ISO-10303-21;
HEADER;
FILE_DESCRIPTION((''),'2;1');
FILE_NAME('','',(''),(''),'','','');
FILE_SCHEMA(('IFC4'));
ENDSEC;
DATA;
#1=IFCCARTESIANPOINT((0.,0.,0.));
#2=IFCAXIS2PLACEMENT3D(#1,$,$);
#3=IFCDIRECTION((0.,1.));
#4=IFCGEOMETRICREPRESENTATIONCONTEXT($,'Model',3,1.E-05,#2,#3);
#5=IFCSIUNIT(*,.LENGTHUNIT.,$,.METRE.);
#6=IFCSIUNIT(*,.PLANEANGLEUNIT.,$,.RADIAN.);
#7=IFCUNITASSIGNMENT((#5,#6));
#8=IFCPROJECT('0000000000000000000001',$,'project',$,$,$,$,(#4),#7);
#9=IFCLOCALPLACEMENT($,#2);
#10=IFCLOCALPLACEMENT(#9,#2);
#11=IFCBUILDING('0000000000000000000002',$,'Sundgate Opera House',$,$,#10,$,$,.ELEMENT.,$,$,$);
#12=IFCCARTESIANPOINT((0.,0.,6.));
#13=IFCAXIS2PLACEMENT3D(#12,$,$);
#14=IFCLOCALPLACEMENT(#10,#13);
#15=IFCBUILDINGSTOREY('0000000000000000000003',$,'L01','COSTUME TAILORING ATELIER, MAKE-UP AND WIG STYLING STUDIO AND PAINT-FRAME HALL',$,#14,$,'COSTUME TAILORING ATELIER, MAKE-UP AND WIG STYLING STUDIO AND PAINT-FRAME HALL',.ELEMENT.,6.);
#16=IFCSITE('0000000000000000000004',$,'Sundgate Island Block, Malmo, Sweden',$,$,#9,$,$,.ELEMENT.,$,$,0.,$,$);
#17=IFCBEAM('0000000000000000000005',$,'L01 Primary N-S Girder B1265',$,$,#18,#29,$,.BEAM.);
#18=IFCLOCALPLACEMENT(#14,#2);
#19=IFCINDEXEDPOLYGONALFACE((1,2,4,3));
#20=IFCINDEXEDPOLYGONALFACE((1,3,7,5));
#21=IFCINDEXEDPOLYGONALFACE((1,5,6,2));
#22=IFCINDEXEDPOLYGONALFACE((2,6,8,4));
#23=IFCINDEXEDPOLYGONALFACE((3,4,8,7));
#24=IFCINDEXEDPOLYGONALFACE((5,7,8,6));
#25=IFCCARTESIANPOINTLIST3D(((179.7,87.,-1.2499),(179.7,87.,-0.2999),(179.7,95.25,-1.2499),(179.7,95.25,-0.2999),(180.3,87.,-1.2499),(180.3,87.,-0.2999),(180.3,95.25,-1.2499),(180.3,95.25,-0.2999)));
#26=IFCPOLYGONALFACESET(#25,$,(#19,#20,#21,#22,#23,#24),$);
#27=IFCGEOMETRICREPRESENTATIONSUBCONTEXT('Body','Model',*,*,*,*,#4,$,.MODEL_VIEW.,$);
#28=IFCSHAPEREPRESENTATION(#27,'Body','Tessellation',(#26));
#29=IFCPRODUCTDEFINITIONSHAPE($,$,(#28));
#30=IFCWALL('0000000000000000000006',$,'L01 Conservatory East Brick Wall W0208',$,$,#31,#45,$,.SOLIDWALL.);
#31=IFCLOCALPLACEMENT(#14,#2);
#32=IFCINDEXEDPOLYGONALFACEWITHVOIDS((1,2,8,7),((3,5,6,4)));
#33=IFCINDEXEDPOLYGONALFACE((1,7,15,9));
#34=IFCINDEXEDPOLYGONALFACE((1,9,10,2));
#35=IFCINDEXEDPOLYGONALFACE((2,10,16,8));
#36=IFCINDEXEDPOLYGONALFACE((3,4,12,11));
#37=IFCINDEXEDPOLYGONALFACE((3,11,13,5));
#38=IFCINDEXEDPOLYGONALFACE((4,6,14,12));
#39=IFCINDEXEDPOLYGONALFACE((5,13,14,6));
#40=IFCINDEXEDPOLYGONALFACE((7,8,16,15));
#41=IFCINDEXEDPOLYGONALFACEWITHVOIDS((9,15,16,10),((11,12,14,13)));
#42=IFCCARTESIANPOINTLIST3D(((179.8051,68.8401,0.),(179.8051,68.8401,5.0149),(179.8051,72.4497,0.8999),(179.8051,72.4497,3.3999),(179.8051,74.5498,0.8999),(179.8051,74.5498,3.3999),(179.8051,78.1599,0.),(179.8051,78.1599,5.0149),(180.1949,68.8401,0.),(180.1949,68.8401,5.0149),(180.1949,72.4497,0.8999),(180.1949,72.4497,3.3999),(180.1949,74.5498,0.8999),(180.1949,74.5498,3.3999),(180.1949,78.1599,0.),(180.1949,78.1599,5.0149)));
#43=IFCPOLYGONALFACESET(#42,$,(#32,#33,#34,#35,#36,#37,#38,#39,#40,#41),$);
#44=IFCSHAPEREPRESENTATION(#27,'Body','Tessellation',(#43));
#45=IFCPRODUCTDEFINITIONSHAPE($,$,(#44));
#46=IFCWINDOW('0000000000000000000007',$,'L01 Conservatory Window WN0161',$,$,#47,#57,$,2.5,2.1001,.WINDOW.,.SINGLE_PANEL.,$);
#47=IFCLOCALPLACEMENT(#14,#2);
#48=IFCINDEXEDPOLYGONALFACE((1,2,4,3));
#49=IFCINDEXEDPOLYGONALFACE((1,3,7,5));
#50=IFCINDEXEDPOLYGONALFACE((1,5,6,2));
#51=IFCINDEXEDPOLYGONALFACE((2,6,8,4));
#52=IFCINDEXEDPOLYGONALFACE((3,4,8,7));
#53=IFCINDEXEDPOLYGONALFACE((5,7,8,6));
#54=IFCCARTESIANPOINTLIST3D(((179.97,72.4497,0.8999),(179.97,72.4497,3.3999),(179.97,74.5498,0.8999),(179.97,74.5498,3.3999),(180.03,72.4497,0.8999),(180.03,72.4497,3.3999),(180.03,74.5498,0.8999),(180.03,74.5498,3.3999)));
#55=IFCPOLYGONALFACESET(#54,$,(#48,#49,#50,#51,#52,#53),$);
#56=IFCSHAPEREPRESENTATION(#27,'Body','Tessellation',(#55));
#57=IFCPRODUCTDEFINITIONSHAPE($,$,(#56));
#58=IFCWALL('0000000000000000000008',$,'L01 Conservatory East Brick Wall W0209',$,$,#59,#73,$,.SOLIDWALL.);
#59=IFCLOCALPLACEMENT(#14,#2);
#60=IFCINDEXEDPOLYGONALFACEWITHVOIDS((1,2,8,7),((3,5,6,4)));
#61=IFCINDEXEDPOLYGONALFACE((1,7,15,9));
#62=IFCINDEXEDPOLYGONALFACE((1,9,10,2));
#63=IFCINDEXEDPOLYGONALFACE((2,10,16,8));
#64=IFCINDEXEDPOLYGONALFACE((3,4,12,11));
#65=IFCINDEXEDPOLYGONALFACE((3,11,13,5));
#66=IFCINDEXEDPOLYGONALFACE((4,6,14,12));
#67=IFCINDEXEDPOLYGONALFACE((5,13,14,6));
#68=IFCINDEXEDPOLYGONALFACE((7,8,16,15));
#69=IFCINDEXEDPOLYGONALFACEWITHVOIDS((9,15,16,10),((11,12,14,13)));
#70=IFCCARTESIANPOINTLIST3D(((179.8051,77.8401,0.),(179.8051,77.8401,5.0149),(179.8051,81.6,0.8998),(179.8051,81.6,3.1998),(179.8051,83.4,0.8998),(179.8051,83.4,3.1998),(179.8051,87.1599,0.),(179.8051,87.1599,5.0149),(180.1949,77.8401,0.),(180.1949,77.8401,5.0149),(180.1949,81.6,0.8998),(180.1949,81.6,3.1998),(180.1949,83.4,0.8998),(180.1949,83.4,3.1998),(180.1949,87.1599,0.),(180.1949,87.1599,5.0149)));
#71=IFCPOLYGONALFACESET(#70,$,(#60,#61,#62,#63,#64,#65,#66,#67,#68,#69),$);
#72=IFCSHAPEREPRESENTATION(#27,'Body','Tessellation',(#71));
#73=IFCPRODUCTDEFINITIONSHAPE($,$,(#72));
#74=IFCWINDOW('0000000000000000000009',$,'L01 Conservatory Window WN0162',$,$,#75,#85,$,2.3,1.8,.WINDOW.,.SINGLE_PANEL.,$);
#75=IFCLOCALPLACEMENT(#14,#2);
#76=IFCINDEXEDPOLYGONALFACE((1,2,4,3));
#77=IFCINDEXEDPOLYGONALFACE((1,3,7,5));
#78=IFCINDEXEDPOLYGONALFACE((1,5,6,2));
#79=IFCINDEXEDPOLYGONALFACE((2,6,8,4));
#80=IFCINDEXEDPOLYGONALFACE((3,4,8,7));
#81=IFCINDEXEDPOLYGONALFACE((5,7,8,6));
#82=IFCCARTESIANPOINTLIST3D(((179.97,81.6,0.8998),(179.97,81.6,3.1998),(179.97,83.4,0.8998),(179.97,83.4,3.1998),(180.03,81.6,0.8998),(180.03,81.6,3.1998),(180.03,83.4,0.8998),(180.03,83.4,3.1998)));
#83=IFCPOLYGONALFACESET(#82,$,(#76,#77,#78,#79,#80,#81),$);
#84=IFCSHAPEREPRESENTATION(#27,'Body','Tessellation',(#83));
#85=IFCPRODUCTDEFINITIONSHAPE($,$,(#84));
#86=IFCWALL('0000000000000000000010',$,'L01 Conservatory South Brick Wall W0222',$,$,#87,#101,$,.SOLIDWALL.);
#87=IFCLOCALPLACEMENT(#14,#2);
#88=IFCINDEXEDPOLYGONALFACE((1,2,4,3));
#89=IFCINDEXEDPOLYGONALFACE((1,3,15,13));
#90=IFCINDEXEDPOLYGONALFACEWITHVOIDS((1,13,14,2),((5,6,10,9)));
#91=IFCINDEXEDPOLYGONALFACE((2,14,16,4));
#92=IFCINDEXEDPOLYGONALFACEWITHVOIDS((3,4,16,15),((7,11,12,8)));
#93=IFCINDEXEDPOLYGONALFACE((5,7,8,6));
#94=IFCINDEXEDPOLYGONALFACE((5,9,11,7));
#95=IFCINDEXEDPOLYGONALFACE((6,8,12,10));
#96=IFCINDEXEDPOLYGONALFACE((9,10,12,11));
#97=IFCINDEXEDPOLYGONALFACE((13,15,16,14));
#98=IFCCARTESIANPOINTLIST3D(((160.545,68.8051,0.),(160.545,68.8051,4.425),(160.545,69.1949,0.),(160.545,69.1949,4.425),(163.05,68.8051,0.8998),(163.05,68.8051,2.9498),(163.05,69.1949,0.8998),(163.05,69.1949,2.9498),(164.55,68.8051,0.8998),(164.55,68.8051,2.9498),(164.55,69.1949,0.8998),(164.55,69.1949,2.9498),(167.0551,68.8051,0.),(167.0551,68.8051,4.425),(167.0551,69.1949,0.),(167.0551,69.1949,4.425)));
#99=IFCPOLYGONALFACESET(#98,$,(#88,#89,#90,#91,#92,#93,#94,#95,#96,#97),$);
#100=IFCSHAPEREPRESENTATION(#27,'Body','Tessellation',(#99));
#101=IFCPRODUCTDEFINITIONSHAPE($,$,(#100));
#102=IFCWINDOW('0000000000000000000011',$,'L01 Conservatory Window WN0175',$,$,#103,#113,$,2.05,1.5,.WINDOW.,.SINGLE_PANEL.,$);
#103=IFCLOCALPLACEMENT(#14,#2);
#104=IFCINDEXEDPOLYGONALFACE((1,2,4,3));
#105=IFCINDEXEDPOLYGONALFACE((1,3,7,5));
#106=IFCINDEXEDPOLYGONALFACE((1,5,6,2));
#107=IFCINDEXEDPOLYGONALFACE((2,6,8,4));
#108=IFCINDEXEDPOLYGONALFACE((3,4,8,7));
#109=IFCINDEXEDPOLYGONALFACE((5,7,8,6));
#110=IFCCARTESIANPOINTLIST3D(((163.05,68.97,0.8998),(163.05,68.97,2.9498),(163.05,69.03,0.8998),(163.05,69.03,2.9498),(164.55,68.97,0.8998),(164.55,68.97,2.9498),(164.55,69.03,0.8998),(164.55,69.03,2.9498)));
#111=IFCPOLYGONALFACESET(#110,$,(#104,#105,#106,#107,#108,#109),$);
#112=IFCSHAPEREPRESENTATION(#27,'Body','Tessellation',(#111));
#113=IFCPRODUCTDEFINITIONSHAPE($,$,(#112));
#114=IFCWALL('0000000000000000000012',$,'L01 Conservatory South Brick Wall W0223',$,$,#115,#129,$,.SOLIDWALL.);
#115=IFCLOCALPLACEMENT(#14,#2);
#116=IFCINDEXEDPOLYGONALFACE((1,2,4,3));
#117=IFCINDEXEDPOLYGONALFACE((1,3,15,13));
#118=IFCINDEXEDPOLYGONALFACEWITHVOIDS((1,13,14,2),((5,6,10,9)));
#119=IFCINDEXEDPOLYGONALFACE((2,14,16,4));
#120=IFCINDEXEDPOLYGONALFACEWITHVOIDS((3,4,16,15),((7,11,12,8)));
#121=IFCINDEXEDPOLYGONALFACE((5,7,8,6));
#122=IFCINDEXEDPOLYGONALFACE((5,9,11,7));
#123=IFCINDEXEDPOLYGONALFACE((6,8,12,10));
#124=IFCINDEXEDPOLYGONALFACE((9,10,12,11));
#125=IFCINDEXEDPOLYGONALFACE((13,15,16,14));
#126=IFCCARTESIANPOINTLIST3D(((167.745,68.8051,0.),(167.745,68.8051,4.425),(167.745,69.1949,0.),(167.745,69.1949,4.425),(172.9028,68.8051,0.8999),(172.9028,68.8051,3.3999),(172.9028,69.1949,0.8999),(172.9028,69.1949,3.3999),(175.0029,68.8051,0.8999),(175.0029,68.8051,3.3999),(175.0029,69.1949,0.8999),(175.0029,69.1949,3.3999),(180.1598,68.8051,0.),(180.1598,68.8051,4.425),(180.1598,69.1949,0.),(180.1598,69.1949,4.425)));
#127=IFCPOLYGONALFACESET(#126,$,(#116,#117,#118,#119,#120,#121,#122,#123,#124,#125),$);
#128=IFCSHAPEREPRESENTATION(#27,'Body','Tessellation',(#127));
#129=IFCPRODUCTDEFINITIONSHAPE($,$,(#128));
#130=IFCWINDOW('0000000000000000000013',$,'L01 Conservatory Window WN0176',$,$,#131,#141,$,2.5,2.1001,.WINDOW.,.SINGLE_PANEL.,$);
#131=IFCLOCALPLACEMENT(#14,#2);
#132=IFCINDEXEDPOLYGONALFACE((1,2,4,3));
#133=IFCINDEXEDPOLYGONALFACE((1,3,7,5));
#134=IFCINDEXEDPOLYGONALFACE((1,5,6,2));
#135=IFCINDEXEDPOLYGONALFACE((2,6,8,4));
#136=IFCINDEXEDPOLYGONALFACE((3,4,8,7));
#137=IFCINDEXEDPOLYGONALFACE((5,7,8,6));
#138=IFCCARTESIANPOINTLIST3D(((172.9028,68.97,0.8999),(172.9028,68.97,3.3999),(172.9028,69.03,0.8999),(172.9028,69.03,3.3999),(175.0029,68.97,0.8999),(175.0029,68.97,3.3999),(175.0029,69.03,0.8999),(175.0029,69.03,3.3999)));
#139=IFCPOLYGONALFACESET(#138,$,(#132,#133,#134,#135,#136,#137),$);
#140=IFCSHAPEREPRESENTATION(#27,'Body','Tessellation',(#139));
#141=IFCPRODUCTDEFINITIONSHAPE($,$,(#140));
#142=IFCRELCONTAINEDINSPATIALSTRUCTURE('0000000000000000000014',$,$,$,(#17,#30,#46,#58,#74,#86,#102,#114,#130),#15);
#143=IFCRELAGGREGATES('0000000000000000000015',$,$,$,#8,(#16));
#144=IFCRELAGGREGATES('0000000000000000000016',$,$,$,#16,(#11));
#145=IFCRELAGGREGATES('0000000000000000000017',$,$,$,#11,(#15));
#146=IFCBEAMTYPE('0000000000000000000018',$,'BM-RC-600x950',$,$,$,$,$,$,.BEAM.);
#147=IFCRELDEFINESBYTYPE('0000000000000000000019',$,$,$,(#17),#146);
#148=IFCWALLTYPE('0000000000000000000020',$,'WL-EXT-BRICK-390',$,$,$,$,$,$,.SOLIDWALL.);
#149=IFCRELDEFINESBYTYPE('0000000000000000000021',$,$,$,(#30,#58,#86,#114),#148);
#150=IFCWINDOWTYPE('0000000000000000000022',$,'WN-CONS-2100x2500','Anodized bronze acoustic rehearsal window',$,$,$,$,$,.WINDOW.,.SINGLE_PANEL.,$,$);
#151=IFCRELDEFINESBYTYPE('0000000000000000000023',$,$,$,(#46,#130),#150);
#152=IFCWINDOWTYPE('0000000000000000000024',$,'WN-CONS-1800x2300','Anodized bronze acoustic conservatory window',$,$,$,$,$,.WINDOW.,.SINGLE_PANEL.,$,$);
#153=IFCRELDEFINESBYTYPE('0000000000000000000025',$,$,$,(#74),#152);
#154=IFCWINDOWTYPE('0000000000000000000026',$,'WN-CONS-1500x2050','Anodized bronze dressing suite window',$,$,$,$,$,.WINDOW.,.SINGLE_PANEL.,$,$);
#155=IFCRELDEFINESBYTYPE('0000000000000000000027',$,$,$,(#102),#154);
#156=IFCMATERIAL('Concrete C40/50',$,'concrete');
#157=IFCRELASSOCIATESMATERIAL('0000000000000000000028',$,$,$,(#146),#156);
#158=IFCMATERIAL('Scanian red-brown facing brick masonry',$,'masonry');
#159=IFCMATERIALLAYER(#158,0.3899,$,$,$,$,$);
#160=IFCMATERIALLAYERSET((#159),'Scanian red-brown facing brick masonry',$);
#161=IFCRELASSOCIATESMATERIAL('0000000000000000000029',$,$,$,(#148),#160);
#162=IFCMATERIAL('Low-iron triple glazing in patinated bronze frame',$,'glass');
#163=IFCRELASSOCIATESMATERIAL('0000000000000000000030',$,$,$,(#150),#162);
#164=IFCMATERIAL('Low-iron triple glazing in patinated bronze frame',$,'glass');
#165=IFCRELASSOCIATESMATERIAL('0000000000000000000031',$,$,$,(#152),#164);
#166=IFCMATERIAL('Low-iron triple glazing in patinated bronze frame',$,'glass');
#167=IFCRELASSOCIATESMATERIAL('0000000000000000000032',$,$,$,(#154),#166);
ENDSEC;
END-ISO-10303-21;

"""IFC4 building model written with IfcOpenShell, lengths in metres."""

from ifc_helpers import new_model, si_unit, direction, frame, frame_2d, origin, origin_2d, place, context, subcontext, project, spatial, rectangle, extrude, material, layer, layer_set, material_profile, profile_set, type_object, element, fill, save


model = new_model("IFC4")

# Units and contexts
model_context = context("Model", 3, precision=1e-05, world=origin(), true_north=direction((0.0, 1.0)))
body_context = subcontext(model_context, "Body", "Model", "MODEL_VIEW")
ifc_project = project(units=[si_unit("LENGTHUNIT", "METRE"), si_unit("PLANEANGLEUNIT", "RADIAN")], contexts=[model_context])

# Site, building, storey
site_placement = place(None, origin())
site = spatial("IfcSite", under=ifc_project, at=site_placement, Name="Sundgate Island Block, Malmo, Sweden", CompositionType="ELEMENT", RefElevation=0.0)
building_placement = place(site_placement, origin())
building = spatial("IfcBuilding", under=site, at=building_placement, Name="Sundgate Opera House", CompositionType="ELEMENT")
storey_placement = place(building_placement, frame((0.0, 0.0, 6.0)))
storey = spatial("IfcBuildingStorey", under=building, at=storey_placement, Name="L01", Description="COSTUME TAILORING ATELIER, MAKE-UP AND WIG STYLING STUDIO AND PAINT-FRAME HALL", LongName="COSTUME TAILORING ATELIER, MAKE-UP AND WIG STYLING STUDIO AND PAINT-FRAME HALL", CompositionType="ELEMENT", Elevation=6.0)

# Beam
ifc_material_1 = material(Name="Concrete C40/50", Category="concrete")
ifc_material_profile_1 = material_profile(ifc_material_1, rectangle(XDim=0.6001, YDim=0.95, at=origin_2d()), Name="RC 600x950")
ifc_profile_set_1 = profile_set([ifc_material_profile_1], Name="Concrete C40/50")
beam_type_1 = type_object("IfcBeamType", Name="BM-RC-600x950", PredefinedType="BEAM", material=ifc_profile_set_1)
beam_1_placement = place(storey_placement, frame((180.0, 87.0, -0.7749), z_axis=(0.0, 1.0, 0.0), x_axis=(-1.0, 0.0, 0.0)))
element("IfcBeam", 1, at=beam_1_placement, inside=storey, type_object=beam_type_1, Name="L01 Primary N-S Girder B1265", PredefinedType="BEAM", context=body_context, shape_type="SweptSolid", body=[
    extrude(rectangle(XDim=0.6001, YDim=0.95, at=origin_2d()), origin(), (0.0, 0.0, 1.0), 8.25),
])

# Walls, openings, windows
ifc_material_2 = material(Name="Scanian red-brown facing brick masonry", Category="masonry")
ifc_layer = layer(ifc_material_2, 0.3899)
ifc_layer_set = layer_set([ifc_layer], Name="Scanian red-brown facing brick masonry")
wall_type = type_object("IfcWallType", Name="WL-EXT-BRICK-390", PredefinedType="SOLIDWALL", material=ifc_layer_set)
wall_1_placement = place(storey_placement, frame((180.0, 78.1599, 0.0), z_axis=(0.0, 0.0, 1.0), x_axis=(0.0, -1.0, 0.0)))
wall_1 = element("IfcWall", 2, at=wall_1_placement, inside=storey, type_object=wall_type, Name="L01 Conservatory East Brick Wall W0208", PredefinedType="SOLIDWALL", context=body_context, shape_type="SweptSolid", body=[
    extrude(rectangle(XDim=9.3198, YDim=0.3899, at=frame_2d((4.6599, 0.0))), origin(), (0.0, 0.0, 1.0), 5.0149),
])
opening_1_placement = place(wall_1_placement, frame((3.6101, 0.0, 0.8999)))
opening_1 = element("IfcOpeningElement", 3, at=opening_1_placement, cuts=wall_1, PredefinedType="OPENING", context=body_context, shape_type="SweptSolid", body=[
    extrude(rectangle(XDim=2.1001, YDim=2.5, at=frame_2d((1.05, 1.25))), frame((0.0, 0.2048, 0.0), z_axis=(0.0, -1.0, 0.0), x_axis=(1.0, 0.0, 0.0)), (0.0, 0.0, 1.0), 0.4099),
])
ifc_material_3 = material(Name="Low-iron triple glazing in patinated bronze frame", Category="glass")
window_type_1 = type_object("IfcWindowType", Name="WN-CONS-2100x2500", Description="Anodized bronze acoustic rehearsal window", PartitioningType="SINGLE_PANEL", PredefinedType="WINDOW", material=ifc_material_3)
window_1_placement = place(opening_1_placement, origin())
window_1 = element("IfcWindow", 4, at=window_1_placement, inside=storey, type_object=window_type_1, Name="L01 Conservatory Window WN0161", OverallHeight=2.5, OverallWidth=2.1001, PartitioningType="SINGLE_PANEL", PredefinedType="WINDOW", context=body_context, shape_type="SweptSolid", body=[
    extrude(rectangle(XDim=2.1001, YDim=2.5, at=frame_2d((1.05, 1.25))), frame((0.0, 0.03, 0.0), z_axis=(0.0, -1.0, 0.0), x_axis=(1.0, 0.0, 0.0)), (0.0, 0.0, 1.0), 0.0601),
])
fill(opening_1, window_1)
wall_2_placement = place(storey_placement, frame((180.0, 87.1599, 0.0), z_axis=(0.0, 0.0, 1.0), x_axis=(0.0, -1.0, 0.0)))
wall_2 = element("IfcWall", 5, at=wall_2_placement, inside=storey, type_object=wall_type, Name="L01 Conservatory East Brick Wall W0209", PredefinedType="SOLIDWALL", context=body_context, shape_type="SweptSolid", body=[
    extrude(rectangle(XDim=9.3198, YDim=0.3899, at=frame_2d((4.6599, 0.0))), origin(), (0.0, 0.0, 1.0), 5.0149),
])
opening_2_placement = place(wall_2_placement, frame((3.76, 0.0, 0.8999)))
opening_2 = element("IfcOpeningElement", 6, at=opening_2_placement, cuts=wall_2, PredefinedType="OPENING", context=body_context, shape_type="SweptSolid", body=[
    extrude(rectangle(XDim=1.8, YDim=2.3, at=frame_2d((0.8999, 1.1499))), frame((0.0, 0.2048, 0.0), z_axis=(0.0, -1.0, 0.0), x_axis=(1.0, 0.0, 0.0)), (0.0, 0.0, 1.0), 0.4099),
])
ifc_material_4 = material(Name="Low-iron triple glazing in patinated bronze frame", Category="glass")
window_type_2 = type_object("IfcWindowType", Name="WN-CONS-1800x2300", Description="Anodized bronze acoustic conservatory window", PartitioningType="SINGLE_PANEL", PredefinedType="WINDOW", material=ifc_material_4)
window_2_placement = place(opening_2_placement, origin())
window_2 = element("IfcWindow", 7, at=window_2_placement, inside=storey, type_object=window_type_2, Name="L01 Conservatory Window WN0162", OverallHeight=2.3, OverallWidth=1.8, PartitioningType="SINGLE_PANEL", PredefinedType="WINDOW", context=body_context, shape_type="SweptSolid", body=[
    extrude(rectangle(XDim=1.8, YDim=2.3, at=frame_2d((0.8999, 1.1499))), frame((0.0, 0.03, 0.0), z_axis=(0.0, -1.0, 0.0), x_axis=(1.0, 0.0, 0.0)), (0.0, 0.0, 1.0), 0.0601),
])
fill(opening_2, window_2)
wall_3_placement = place(storey_placement, frame((167.0549, 69.0, 0.0), z_axis=(0.0, 0.0, 1.0), x_axis=(-1.0, 0.0, 0.0)))
wall_3 = element("IfcWall", 8, at=wall_3_placement, inside=storey, type_object=wall_type, Name="L01 Conservatory South Brick Wall W0222", PredefinedType="SOLIDWALL", context=body_context, shape_type="SweptSolid", body=[
    extrude(rectangle(XDim=6.51, YDim=0.3899, at=frame_2d((3.2549, 0.0))), origin(), (0.0, 0.0, 1.0), 4.425),
])
opening_3_placement = place(wall_3_placement, frame((2.5049, 0.0, 0.8999)))
opening_3 = element("IfcOpeningElement", 9, at=opening_3_placement, cuts=wall_3, PredefinedType="OPENING", context=body_context, shape_type="SweptSolid", body=[
    extrude(rectangle(XDim=1.5, YDim=2.05, at=frame_2d((0.75, 1.0249))), frame((0.0, 0.2048, 0.0), z_axis=(0.0, -1.0, 0.0), x_axis=(1.0, 0.0, 0.0)), (0.0, 0.0, 1.0), 0.4099),
])
ifc_material_5 = material(Name="Low-iron triple glazing in patinated bronze frame", Category="glass")
window_type_3 = type_object("IfcWindowType", Name="WN-CONS-1500x2050", Description="Anodized bronze dressing suite window", PartitioningType="SINGLE_PANEL", PredefinedType="WINDOW", material=ifc_material_5)
window_3_placement = place(opening_3_placement, origin())
window_3 = element("IfcWindow", 10, at=window_3_placement, inside=storey, type_object=window_type_3, Name="L01 Conservatory Window WN0175", OverallHeight=2.05, OverallWidth=1.5, PartitioningType="SINGLE_PANEL", PredefinedType="WINDOW", context=body_context, shape_type="SweptSolid", body=[
    extrude(rectangle(XDim=1.5, YDim=2.05, at=frame_2d((0.75, 1.0249))), frame((0.0, 0.03, 0.0), z_axis=(0.0, -1.0, 0.0), x_axis=(1.0, 0.0, 0.0)), (0.0, 0.0, 1.0), 0.0601),
])
fill(opening_3, window_3)
wall_4_placement = place(storey_placement, frame((180.1599, 69.0, 0.0), z_axis=(0.0, 0.0, 1.0), x_axis=(-1.0, 0.0, 0.0)))
wall_4 = element("IfcWall", 11, at=wall_4_placement, inside=storey, type_object=wall_type, Name="L01 Conservatory South Brick Wall W0223", PredefinedType="SOLIDWALL", context=body_context, shape_type="SweptSolid", body=[
    extrude(rectangle(XDim=12.4148, YDim=0.3899, at=frame_2d((6.2075, 0.0))), origin(), (0.0, 0.0, 1.0), 4.425),
])
opening_4_placement = place(wall_4_placement, frame((5.157, 0.0, 0.8999)))
opening_4 = element("IfcOpeningElement", 12, at=opening_4_placement, cuts=wall_4, PredefinedType="OPENING", context=body_context, shape_type="SweptSolid", body=[
    extrude(rectangle(XDim=2.1001, YDim=2.5, at=frame_2d((1.05, 1.25))), frame((0.0, 0.2048, 0.0), z_axis=(0.0, -1.0, 0.0), x_axis=(1.0, 0.0, 0.0)), (0.0, 0.0, 1.0), 0.4099),
])
window_4_placement = place(opening_4_placement, origin())
window_4 = element("IfcWindow", 13, at=window_4_placement, inside=storey, type_object=window_type_1, Name="L01 Conservatory Window WN0176", OverallHeight=2.5, OverallWidth=2.1001, PartitioningType="SINGLE_PANEL", PredefinedType="WINDOW", context=body_context, shape_type="SweptSolid", body=[
    extrude(rectangle(XDim=2.1001, YDim=2.5, at=frame_2d((1.05, 1.25))), frame((0.0, 0.03, 0.0), z_axis=(0.0, -1.0, 0.0), x_axis=(1.0, 0.0, 0.0)), (0.0, 0.0, 1.0), 0.0601),
])
fill(opening_4, window_4)

save(model, "model.ifc")
